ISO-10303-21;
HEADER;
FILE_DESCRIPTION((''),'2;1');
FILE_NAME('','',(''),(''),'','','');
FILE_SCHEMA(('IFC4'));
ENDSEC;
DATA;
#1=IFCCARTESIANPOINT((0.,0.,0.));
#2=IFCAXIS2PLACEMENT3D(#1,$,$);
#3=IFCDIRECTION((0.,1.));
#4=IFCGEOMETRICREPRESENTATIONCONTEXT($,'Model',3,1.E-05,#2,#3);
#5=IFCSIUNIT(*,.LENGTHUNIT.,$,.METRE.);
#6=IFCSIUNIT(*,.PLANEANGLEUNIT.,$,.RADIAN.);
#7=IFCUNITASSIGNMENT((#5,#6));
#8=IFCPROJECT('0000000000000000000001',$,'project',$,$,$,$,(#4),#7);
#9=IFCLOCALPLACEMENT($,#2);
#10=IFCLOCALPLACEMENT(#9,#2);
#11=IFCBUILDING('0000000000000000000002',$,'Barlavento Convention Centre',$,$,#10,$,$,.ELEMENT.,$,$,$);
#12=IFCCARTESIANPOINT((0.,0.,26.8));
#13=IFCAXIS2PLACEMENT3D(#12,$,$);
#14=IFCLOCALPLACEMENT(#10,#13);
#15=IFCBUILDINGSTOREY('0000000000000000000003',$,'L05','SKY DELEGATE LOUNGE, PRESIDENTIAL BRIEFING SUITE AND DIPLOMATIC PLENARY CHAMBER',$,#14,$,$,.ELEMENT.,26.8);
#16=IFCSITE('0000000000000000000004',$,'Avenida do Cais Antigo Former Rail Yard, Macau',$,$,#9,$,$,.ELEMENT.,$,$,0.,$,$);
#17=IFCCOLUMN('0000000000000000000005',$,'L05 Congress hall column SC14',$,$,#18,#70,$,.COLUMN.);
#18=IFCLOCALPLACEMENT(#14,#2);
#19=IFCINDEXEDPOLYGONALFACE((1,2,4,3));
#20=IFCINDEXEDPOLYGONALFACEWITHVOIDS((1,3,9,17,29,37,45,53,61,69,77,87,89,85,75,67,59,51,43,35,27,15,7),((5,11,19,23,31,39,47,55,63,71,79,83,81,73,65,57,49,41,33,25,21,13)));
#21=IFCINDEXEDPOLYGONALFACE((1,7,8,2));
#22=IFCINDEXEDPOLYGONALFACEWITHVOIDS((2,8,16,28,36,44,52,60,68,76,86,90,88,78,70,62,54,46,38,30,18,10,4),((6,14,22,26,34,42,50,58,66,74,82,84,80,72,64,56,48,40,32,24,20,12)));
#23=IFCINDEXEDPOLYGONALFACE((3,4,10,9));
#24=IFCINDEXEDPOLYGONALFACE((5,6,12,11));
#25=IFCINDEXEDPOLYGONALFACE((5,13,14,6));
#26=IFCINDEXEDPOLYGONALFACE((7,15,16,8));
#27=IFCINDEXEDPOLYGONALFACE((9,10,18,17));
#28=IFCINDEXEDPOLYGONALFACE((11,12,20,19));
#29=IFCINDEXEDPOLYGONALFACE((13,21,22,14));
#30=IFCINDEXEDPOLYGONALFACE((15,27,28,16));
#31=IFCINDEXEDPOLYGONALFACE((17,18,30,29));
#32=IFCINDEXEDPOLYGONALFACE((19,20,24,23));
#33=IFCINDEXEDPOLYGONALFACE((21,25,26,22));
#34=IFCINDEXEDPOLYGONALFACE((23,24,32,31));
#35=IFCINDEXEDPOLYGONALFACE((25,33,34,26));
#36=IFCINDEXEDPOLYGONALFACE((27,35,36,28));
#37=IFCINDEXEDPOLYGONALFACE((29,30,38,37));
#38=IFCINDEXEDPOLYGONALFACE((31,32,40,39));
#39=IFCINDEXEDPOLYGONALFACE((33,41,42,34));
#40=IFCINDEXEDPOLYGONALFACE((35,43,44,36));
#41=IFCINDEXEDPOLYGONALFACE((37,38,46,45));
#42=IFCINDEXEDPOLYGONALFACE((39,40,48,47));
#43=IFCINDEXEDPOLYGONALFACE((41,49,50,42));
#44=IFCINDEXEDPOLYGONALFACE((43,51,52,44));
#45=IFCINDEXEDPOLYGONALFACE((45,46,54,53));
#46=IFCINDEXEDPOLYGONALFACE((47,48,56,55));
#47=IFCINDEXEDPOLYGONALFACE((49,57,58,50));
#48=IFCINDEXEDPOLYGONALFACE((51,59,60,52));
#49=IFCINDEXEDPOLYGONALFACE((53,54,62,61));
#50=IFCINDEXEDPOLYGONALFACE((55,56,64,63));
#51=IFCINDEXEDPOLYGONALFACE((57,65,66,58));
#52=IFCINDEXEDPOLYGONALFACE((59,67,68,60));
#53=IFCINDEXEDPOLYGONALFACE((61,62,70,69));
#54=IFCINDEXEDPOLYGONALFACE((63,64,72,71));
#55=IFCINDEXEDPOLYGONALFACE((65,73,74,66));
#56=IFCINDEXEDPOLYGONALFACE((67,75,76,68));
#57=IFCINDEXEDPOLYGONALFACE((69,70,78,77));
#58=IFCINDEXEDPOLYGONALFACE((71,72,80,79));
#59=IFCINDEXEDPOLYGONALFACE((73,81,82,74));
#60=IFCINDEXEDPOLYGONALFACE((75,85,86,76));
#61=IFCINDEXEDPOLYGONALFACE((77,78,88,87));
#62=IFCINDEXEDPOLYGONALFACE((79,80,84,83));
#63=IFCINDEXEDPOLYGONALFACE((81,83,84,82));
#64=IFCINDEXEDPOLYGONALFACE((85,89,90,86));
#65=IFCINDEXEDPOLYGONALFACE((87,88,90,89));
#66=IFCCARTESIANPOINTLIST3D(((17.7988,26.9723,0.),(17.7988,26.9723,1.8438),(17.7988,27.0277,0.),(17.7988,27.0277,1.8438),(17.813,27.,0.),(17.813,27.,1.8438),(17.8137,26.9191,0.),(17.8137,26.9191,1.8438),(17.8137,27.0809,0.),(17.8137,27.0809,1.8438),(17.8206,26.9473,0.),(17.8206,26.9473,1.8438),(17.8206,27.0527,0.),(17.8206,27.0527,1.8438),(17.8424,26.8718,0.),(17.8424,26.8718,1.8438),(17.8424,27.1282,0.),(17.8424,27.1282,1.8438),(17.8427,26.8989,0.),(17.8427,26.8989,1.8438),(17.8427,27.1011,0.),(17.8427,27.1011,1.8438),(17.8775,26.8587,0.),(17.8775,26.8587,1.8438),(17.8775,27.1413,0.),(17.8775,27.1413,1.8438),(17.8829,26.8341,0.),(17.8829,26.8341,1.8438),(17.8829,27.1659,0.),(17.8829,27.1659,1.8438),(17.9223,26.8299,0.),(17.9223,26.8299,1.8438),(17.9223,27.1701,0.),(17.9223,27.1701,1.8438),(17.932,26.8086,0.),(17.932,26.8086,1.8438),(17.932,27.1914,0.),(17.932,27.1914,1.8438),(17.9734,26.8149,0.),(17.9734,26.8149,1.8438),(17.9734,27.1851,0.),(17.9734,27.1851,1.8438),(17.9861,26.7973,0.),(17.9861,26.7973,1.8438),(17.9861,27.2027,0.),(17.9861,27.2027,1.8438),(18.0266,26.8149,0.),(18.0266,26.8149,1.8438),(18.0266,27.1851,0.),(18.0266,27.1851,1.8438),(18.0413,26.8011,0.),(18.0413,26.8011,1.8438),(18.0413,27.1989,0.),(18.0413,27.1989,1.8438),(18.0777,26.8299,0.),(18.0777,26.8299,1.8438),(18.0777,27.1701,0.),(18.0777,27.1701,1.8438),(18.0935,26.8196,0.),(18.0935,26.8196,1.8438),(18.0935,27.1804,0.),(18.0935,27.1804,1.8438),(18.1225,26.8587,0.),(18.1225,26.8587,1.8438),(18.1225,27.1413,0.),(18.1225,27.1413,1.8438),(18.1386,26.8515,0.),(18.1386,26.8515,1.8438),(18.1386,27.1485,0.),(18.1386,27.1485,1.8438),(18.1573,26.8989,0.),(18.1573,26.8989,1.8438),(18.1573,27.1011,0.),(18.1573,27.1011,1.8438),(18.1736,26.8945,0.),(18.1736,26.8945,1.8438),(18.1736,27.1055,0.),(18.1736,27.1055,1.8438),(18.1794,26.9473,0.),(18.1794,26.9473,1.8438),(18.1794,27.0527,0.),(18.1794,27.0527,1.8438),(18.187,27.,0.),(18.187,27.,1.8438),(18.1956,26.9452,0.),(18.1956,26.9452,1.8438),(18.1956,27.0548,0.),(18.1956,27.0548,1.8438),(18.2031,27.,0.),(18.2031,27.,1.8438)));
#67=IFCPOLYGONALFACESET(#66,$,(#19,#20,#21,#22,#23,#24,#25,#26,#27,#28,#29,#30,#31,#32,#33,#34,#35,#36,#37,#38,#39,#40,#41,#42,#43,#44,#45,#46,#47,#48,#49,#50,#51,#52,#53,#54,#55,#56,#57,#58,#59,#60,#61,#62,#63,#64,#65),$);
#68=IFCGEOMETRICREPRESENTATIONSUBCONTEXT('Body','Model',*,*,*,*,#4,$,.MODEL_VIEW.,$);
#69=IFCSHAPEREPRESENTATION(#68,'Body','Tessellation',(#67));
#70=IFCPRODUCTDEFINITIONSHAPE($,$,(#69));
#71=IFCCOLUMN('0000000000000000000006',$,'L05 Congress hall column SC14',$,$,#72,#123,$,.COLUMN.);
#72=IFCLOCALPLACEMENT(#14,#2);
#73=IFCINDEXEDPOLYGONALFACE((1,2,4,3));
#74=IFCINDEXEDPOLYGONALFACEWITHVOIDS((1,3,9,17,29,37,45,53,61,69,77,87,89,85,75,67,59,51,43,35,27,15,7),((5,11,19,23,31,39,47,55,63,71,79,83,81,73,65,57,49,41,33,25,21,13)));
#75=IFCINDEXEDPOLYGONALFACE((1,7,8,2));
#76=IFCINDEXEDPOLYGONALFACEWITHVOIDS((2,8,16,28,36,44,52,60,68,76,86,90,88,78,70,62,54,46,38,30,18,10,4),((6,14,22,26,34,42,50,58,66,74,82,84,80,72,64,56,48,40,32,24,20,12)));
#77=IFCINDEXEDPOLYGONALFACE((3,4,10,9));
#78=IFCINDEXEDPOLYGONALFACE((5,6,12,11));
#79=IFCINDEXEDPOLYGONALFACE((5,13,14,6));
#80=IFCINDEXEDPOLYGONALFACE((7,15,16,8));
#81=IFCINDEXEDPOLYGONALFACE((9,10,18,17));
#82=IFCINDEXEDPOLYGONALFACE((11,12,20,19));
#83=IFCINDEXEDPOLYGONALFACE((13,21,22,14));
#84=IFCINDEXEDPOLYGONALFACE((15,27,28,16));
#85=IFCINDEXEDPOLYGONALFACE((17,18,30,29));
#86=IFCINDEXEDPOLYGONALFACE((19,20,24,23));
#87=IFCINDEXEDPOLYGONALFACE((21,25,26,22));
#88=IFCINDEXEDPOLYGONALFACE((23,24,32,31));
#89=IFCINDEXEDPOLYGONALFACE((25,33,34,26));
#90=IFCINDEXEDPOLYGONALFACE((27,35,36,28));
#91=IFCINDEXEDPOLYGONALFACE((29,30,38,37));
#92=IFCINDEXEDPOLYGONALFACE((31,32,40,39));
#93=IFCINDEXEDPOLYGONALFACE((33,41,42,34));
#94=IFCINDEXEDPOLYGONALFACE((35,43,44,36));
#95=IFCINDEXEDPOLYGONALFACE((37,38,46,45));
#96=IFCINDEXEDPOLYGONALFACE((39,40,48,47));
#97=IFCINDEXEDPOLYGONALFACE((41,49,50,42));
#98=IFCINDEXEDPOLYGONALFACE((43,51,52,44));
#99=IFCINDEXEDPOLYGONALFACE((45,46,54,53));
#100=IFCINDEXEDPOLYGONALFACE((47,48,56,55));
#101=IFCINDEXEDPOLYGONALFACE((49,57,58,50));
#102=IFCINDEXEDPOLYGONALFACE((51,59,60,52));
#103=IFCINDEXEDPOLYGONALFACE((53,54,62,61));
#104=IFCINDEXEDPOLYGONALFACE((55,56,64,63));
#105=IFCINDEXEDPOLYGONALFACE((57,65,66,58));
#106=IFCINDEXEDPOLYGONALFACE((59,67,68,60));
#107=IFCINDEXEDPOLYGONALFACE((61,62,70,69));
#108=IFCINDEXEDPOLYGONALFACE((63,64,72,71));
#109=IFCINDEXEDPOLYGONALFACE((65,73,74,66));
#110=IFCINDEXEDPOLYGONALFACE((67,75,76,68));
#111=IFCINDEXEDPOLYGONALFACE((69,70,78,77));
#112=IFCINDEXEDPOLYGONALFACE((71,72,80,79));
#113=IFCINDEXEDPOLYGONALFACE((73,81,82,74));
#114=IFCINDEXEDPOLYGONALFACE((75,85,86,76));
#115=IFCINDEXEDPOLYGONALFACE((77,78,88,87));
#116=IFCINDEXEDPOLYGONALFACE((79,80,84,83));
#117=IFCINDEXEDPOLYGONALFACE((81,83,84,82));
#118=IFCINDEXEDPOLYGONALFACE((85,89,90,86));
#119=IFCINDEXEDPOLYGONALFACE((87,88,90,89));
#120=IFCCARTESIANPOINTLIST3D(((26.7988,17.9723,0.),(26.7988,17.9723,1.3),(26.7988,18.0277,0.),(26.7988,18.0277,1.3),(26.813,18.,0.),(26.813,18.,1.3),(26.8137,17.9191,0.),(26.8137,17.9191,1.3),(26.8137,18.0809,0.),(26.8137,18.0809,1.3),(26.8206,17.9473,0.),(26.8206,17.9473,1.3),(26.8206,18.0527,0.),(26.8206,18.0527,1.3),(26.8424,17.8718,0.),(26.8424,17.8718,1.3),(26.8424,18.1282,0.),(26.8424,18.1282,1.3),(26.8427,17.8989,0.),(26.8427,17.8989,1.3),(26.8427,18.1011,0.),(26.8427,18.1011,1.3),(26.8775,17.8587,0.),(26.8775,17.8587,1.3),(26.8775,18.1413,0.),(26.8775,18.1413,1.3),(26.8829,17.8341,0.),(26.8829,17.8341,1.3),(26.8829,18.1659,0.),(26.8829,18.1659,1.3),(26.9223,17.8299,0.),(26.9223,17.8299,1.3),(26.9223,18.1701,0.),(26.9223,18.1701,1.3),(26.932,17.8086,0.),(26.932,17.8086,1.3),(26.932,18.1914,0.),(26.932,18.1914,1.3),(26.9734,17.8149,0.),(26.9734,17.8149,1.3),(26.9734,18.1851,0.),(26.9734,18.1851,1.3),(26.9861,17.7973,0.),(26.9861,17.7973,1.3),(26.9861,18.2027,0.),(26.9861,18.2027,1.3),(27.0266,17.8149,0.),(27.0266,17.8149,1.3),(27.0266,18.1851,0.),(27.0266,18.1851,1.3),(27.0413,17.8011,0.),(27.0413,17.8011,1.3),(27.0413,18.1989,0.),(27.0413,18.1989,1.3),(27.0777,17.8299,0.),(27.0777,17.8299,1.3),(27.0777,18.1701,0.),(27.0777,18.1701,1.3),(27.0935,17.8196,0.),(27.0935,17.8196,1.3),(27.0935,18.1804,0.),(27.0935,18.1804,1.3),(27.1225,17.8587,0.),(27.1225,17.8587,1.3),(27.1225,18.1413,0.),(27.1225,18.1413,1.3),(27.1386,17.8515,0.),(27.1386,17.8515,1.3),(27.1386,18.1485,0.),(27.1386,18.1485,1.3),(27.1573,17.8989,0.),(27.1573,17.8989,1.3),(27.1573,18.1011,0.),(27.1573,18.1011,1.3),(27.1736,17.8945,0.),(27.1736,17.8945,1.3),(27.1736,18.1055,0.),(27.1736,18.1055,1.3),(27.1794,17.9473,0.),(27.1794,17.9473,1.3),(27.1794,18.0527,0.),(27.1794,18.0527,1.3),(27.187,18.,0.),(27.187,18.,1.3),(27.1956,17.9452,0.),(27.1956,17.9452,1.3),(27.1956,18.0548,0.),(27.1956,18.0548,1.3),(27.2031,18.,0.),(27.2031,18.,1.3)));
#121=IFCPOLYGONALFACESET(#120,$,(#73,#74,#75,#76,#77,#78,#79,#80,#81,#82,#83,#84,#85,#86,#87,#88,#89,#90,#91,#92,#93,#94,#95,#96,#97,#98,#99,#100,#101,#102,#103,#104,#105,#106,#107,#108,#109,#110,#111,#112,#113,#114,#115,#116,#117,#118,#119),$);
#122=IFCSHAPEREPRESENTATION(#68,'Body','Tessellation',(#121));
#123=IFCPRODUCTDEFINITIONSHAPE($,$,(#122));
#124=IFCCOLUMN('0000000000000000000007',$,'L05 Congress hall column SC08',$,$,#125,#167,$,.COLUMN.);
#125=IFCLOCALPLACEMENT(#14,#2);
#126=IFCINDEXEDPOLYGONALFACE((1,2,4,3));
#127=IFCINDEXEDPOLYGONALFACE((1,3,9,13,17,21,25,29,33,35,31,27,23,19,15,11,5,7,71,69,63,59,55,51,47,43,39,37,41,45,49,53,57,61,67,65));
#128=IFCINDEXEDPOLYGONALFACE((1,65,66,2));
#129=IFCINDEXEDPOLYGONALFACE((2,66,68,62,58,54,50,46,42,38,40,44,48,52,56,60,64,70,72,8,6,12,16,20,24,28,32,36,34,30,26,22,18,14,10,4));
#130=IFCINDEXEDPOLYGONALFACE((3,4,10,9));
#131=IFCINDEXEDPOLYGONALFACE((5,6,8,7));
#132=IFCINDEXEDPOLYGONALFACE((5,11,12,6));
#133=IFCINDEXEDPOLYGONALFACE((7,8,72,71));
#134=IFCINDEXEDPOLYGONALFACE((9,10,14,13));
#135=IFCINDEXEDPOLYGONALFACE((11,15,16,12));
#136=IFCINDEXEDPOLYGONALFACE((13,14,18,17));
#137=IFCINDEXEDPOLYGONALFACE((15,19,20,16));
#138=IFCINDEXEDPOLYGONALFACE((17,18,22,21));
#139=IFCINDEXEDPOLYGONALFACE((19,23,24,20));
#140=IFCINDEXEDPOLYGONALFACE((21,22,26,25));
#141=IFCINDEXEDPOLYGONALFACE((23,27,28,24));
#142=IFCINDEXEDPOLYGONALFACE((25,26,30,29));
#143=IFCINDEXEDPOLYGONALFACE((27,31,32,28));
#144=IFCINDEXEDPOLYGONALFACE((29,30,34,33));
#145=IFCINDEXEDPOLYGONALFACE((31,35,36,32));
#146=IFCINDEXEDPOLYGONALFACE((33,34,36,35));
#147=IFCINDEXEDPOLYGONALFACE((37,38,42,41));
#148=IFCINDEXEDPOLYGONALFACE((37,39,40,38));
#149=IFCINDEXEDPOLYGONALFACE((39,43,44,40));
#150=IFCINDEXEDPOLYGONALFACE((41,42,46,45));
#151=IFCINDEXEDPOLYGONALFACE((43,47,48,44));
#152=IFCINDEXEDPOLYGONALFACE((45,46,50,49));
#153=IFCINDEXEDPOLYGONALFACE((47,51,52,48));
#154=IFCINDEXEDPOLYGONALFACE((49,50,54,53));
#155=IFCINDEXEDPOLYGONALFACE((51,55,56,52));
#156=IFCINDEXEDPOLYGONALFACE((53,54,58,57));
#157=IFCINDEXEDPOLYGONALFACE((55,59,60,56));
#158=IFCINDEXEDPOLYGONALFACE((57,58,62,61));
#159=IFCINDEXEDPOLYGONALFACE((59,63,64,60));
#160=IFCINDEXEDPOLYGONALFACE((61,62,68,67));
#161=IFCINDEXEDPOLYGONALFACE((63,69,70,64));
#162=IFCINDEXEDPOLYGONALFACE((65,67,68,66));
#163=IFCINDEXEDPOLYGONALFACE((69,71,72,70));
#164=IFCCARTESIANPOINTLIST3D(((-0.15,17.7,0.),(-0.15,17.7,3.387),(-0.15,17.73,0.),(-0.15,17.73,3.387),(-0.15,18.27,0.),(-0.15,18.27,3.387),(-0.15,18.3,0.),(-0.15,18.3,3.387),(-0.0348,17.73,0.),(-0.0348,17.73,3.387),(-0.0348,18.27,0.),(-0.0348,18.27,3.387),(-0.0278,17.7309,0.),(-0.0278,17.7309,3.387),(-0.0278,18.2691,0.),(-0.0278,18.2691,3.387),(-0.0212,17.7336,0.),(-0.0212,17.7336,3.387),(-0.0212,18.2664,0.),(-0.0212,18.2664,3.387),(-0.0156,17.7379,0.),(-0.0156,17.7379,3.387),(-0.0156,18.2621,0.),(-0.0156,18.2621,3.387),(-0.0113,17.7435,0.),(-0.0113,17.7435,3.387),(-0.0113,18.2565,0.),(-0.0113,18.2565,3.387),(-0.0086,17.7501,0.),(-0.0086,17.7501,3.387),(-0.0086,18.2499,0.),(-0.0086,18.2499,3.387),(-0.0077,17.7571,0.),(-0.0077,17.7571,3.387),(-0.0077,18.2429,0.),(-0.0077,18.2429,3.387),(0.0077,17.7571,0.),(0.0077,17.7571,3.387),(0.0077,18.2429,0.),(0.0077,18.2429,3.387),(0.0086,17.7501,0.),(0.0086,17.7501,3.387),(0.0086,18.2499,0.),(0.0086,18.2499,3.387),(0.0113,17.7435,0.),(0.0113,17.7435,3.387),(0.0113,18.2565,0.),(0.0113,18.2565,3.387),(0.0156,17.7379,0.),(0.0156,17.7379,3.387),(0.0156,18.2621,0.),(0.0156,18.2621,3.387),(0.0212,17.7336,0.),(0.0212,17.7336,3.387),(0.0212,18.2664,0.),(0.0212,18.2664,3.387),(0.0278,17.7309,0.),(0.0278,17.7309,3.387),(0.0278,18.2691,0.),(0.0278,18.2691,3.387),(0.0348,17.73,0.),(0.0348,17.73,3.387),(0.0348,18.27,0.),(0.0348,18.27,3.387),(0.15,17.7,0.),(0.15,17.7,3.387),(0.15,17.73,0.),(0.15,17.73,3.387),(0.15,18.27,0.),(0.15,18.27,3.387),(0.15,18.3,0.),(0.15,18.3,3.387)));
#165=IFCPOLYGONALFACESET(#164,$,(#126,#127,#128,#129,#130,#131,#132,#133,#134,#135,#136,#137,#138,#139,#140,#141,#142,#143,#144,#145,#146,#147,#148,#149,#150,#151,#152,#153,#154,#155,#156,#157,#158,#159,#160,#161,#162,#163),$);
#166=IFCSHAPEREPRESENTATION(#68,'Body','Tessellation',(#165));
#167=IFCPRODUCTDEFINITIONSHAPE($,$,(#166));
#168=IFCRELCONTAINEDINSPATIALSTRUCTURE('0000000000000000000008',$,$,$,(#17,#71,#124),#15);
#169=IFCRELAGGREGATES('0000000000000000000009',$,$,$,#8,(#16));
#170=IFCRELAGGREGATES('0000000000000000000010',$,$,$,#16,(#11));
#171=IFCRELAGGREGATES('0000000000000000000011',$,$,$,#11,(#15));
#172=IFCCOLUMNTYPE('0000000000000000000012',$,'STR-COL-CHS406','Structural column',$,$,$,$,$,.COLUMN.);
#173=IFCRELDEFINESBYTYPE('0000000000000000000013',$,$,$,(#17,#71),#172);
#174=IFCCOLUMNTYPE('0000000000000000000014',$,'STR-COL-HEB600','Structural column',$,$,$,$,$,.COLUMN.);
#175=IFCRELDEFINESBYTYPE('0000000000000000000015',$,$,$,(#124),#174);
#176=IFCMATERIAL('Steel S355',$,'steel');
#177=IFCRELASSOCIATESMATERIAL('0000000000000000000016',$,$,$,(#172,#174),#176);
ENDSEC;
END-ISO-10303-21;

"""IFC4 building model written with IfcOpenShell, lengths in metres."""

from ifc_helpers import new_model, si_unit, direction, frame, origin, origin_2d, place, context, subcontext, project, spatial, hollow_circle, i_section, extrude, material, material_profile, profile_set, type_object, element, save


model = new_model("IFC4")

# Units and contexts
model_context = context("Model", 3, precision=1e-05, world=origin(), true_north=direction((0.0, 1.0)))
body_context = subcontext(model_context, "Body", "Model", "MODEL_VIEW")
ifc_project = project(units=[si_unit("LENGTHUNIT", "METRE"), si_unit("PLANEANGLEUNIT", "RADIAN")], contexts=[model_context])

# Site, building, storey
site_placement = place(None, origin())
site = spatial("IfcSite", under=ifc_project, at=site_placement, Name="Avenida do Cais Antigo Former Rail Yard, Macau", CompositionType="ELEMENT", RefElevation=0.0)
building_placement = place(site_placement, origin())
building = spatial("IfcBuilding", under=site, at=building_placement, Name="Barlavento Convention Centre", CompositionType="ELEMENT")
storey_placement = place(building_placement, frame((0.0, 0.0, 26.8)))
storey = spatial("IfcBuildingStorey", under=building, at=storey_placement, Name="L05", Description="SKY DELEGATE LOUNGE, PRESIDENTIAL BRIEFING SUITE AND DIPLOMATIC PLENARY CHAMBER", CompositionType="ELEMENT", Elevation=26.8)

# Columns
ifc_material_1 = material(Name="Steel S355", Category="steel")
ifc_material_profile_1 = material_profile(ifc_material_1, hollow_circle(Radius=0.2031, WallThickness=0.0161, at=origin_2d()), Name="CHS 406.4x16.0")
ifc_profile_set_1 = profile_set([ifc_material_profile_1], Name="Steel S355")
column_type_1 = type_object("IfcColumnType", Name="STR-COL-CHS406", Description="Structural column", PredefinedType="COLUMN", material=ifc_profile_set_1)
column_1_placement = place(storey_placement, frame((18.0, 27.0, 0.0), z_axis=(0.0, 0.0, 1.0), x_axis=(1.0, 0.0, 0.0)))
element("IfcColumn", 1, at=column_1_placement, inside=storey, type_object=column_type_1, Name="L05 Congress hall column SC14", PredefinedType="COLUMN", context=body_context, shape_type="SweptSolid", body=[
    extrude(hollow_circle(Radius=0.2031, WallThickness=0.0161, at=origin_2d()), origin(), (0.0, 0.0, 1.0), 1.8438),
])
column_2_placement = place(storey_placement, frame((27.0, 18.0, 0.0), z_axis=(0.0, 0.0, 1.0), x_axis=(1.0, 0.0, 0.0)))
element("IfcColumn", 2, at=column_2_placement, inside=storey, type_object=column_type_1, Name="L05 Congress hall column SC14", PredefinedType="COLUMN", context=body_context, shape_type="SweptSolid", body=[
    extrude(hollow_circle(Radius=0.2031, WallThickness=0.0161, at=origin_2d()), origin(), (0.0, 0.0, 1.0), 1.3),
])
ifc_material_profile_2 = material_profile(ifc_material_1, i_section(OverallWidth=0.3, OverallDepth=0.6001, WebThickness=0.0154, FlangeThickness=0.03, FilletRadius=0.0271, at=origin_2d()), Name="HEB 600")
ifc_profile_set_2 = profile_set([ifc_material_profile_2], Name="Steel S355")
column_type_2 = type_object("IfcColumnType", Name="STR-COL-HEB600", Description="Structural column", PredefinedType="COLUMN", material=ifc_profile_set_2)
column_3_placement = place(storey_placement, frame((0.0, 18.0, 0.0), z_axis=(0.0, 0.0, 1.0), x_axis=(1.0, 0.0, 0.0)))
element("IfcColumn", 3, at=column_3_placement, inside=storey, type_object=column_type_2, Name="L05 Congress hall column SC08", PredefinedType="COLUMN", context=body_context, shape_type="SweptSolid", body=[
    extrude(i_section(OverallWidth=0.3, OverallDepth=0.6001, WebThickness=0.0154, FlangeThickness=0.03, FilletRadius=0.0271, at=origin_2d()), origin(), (0.0, 0.0, 1.0), 3.387),
])

save(model, "model.ifc")
